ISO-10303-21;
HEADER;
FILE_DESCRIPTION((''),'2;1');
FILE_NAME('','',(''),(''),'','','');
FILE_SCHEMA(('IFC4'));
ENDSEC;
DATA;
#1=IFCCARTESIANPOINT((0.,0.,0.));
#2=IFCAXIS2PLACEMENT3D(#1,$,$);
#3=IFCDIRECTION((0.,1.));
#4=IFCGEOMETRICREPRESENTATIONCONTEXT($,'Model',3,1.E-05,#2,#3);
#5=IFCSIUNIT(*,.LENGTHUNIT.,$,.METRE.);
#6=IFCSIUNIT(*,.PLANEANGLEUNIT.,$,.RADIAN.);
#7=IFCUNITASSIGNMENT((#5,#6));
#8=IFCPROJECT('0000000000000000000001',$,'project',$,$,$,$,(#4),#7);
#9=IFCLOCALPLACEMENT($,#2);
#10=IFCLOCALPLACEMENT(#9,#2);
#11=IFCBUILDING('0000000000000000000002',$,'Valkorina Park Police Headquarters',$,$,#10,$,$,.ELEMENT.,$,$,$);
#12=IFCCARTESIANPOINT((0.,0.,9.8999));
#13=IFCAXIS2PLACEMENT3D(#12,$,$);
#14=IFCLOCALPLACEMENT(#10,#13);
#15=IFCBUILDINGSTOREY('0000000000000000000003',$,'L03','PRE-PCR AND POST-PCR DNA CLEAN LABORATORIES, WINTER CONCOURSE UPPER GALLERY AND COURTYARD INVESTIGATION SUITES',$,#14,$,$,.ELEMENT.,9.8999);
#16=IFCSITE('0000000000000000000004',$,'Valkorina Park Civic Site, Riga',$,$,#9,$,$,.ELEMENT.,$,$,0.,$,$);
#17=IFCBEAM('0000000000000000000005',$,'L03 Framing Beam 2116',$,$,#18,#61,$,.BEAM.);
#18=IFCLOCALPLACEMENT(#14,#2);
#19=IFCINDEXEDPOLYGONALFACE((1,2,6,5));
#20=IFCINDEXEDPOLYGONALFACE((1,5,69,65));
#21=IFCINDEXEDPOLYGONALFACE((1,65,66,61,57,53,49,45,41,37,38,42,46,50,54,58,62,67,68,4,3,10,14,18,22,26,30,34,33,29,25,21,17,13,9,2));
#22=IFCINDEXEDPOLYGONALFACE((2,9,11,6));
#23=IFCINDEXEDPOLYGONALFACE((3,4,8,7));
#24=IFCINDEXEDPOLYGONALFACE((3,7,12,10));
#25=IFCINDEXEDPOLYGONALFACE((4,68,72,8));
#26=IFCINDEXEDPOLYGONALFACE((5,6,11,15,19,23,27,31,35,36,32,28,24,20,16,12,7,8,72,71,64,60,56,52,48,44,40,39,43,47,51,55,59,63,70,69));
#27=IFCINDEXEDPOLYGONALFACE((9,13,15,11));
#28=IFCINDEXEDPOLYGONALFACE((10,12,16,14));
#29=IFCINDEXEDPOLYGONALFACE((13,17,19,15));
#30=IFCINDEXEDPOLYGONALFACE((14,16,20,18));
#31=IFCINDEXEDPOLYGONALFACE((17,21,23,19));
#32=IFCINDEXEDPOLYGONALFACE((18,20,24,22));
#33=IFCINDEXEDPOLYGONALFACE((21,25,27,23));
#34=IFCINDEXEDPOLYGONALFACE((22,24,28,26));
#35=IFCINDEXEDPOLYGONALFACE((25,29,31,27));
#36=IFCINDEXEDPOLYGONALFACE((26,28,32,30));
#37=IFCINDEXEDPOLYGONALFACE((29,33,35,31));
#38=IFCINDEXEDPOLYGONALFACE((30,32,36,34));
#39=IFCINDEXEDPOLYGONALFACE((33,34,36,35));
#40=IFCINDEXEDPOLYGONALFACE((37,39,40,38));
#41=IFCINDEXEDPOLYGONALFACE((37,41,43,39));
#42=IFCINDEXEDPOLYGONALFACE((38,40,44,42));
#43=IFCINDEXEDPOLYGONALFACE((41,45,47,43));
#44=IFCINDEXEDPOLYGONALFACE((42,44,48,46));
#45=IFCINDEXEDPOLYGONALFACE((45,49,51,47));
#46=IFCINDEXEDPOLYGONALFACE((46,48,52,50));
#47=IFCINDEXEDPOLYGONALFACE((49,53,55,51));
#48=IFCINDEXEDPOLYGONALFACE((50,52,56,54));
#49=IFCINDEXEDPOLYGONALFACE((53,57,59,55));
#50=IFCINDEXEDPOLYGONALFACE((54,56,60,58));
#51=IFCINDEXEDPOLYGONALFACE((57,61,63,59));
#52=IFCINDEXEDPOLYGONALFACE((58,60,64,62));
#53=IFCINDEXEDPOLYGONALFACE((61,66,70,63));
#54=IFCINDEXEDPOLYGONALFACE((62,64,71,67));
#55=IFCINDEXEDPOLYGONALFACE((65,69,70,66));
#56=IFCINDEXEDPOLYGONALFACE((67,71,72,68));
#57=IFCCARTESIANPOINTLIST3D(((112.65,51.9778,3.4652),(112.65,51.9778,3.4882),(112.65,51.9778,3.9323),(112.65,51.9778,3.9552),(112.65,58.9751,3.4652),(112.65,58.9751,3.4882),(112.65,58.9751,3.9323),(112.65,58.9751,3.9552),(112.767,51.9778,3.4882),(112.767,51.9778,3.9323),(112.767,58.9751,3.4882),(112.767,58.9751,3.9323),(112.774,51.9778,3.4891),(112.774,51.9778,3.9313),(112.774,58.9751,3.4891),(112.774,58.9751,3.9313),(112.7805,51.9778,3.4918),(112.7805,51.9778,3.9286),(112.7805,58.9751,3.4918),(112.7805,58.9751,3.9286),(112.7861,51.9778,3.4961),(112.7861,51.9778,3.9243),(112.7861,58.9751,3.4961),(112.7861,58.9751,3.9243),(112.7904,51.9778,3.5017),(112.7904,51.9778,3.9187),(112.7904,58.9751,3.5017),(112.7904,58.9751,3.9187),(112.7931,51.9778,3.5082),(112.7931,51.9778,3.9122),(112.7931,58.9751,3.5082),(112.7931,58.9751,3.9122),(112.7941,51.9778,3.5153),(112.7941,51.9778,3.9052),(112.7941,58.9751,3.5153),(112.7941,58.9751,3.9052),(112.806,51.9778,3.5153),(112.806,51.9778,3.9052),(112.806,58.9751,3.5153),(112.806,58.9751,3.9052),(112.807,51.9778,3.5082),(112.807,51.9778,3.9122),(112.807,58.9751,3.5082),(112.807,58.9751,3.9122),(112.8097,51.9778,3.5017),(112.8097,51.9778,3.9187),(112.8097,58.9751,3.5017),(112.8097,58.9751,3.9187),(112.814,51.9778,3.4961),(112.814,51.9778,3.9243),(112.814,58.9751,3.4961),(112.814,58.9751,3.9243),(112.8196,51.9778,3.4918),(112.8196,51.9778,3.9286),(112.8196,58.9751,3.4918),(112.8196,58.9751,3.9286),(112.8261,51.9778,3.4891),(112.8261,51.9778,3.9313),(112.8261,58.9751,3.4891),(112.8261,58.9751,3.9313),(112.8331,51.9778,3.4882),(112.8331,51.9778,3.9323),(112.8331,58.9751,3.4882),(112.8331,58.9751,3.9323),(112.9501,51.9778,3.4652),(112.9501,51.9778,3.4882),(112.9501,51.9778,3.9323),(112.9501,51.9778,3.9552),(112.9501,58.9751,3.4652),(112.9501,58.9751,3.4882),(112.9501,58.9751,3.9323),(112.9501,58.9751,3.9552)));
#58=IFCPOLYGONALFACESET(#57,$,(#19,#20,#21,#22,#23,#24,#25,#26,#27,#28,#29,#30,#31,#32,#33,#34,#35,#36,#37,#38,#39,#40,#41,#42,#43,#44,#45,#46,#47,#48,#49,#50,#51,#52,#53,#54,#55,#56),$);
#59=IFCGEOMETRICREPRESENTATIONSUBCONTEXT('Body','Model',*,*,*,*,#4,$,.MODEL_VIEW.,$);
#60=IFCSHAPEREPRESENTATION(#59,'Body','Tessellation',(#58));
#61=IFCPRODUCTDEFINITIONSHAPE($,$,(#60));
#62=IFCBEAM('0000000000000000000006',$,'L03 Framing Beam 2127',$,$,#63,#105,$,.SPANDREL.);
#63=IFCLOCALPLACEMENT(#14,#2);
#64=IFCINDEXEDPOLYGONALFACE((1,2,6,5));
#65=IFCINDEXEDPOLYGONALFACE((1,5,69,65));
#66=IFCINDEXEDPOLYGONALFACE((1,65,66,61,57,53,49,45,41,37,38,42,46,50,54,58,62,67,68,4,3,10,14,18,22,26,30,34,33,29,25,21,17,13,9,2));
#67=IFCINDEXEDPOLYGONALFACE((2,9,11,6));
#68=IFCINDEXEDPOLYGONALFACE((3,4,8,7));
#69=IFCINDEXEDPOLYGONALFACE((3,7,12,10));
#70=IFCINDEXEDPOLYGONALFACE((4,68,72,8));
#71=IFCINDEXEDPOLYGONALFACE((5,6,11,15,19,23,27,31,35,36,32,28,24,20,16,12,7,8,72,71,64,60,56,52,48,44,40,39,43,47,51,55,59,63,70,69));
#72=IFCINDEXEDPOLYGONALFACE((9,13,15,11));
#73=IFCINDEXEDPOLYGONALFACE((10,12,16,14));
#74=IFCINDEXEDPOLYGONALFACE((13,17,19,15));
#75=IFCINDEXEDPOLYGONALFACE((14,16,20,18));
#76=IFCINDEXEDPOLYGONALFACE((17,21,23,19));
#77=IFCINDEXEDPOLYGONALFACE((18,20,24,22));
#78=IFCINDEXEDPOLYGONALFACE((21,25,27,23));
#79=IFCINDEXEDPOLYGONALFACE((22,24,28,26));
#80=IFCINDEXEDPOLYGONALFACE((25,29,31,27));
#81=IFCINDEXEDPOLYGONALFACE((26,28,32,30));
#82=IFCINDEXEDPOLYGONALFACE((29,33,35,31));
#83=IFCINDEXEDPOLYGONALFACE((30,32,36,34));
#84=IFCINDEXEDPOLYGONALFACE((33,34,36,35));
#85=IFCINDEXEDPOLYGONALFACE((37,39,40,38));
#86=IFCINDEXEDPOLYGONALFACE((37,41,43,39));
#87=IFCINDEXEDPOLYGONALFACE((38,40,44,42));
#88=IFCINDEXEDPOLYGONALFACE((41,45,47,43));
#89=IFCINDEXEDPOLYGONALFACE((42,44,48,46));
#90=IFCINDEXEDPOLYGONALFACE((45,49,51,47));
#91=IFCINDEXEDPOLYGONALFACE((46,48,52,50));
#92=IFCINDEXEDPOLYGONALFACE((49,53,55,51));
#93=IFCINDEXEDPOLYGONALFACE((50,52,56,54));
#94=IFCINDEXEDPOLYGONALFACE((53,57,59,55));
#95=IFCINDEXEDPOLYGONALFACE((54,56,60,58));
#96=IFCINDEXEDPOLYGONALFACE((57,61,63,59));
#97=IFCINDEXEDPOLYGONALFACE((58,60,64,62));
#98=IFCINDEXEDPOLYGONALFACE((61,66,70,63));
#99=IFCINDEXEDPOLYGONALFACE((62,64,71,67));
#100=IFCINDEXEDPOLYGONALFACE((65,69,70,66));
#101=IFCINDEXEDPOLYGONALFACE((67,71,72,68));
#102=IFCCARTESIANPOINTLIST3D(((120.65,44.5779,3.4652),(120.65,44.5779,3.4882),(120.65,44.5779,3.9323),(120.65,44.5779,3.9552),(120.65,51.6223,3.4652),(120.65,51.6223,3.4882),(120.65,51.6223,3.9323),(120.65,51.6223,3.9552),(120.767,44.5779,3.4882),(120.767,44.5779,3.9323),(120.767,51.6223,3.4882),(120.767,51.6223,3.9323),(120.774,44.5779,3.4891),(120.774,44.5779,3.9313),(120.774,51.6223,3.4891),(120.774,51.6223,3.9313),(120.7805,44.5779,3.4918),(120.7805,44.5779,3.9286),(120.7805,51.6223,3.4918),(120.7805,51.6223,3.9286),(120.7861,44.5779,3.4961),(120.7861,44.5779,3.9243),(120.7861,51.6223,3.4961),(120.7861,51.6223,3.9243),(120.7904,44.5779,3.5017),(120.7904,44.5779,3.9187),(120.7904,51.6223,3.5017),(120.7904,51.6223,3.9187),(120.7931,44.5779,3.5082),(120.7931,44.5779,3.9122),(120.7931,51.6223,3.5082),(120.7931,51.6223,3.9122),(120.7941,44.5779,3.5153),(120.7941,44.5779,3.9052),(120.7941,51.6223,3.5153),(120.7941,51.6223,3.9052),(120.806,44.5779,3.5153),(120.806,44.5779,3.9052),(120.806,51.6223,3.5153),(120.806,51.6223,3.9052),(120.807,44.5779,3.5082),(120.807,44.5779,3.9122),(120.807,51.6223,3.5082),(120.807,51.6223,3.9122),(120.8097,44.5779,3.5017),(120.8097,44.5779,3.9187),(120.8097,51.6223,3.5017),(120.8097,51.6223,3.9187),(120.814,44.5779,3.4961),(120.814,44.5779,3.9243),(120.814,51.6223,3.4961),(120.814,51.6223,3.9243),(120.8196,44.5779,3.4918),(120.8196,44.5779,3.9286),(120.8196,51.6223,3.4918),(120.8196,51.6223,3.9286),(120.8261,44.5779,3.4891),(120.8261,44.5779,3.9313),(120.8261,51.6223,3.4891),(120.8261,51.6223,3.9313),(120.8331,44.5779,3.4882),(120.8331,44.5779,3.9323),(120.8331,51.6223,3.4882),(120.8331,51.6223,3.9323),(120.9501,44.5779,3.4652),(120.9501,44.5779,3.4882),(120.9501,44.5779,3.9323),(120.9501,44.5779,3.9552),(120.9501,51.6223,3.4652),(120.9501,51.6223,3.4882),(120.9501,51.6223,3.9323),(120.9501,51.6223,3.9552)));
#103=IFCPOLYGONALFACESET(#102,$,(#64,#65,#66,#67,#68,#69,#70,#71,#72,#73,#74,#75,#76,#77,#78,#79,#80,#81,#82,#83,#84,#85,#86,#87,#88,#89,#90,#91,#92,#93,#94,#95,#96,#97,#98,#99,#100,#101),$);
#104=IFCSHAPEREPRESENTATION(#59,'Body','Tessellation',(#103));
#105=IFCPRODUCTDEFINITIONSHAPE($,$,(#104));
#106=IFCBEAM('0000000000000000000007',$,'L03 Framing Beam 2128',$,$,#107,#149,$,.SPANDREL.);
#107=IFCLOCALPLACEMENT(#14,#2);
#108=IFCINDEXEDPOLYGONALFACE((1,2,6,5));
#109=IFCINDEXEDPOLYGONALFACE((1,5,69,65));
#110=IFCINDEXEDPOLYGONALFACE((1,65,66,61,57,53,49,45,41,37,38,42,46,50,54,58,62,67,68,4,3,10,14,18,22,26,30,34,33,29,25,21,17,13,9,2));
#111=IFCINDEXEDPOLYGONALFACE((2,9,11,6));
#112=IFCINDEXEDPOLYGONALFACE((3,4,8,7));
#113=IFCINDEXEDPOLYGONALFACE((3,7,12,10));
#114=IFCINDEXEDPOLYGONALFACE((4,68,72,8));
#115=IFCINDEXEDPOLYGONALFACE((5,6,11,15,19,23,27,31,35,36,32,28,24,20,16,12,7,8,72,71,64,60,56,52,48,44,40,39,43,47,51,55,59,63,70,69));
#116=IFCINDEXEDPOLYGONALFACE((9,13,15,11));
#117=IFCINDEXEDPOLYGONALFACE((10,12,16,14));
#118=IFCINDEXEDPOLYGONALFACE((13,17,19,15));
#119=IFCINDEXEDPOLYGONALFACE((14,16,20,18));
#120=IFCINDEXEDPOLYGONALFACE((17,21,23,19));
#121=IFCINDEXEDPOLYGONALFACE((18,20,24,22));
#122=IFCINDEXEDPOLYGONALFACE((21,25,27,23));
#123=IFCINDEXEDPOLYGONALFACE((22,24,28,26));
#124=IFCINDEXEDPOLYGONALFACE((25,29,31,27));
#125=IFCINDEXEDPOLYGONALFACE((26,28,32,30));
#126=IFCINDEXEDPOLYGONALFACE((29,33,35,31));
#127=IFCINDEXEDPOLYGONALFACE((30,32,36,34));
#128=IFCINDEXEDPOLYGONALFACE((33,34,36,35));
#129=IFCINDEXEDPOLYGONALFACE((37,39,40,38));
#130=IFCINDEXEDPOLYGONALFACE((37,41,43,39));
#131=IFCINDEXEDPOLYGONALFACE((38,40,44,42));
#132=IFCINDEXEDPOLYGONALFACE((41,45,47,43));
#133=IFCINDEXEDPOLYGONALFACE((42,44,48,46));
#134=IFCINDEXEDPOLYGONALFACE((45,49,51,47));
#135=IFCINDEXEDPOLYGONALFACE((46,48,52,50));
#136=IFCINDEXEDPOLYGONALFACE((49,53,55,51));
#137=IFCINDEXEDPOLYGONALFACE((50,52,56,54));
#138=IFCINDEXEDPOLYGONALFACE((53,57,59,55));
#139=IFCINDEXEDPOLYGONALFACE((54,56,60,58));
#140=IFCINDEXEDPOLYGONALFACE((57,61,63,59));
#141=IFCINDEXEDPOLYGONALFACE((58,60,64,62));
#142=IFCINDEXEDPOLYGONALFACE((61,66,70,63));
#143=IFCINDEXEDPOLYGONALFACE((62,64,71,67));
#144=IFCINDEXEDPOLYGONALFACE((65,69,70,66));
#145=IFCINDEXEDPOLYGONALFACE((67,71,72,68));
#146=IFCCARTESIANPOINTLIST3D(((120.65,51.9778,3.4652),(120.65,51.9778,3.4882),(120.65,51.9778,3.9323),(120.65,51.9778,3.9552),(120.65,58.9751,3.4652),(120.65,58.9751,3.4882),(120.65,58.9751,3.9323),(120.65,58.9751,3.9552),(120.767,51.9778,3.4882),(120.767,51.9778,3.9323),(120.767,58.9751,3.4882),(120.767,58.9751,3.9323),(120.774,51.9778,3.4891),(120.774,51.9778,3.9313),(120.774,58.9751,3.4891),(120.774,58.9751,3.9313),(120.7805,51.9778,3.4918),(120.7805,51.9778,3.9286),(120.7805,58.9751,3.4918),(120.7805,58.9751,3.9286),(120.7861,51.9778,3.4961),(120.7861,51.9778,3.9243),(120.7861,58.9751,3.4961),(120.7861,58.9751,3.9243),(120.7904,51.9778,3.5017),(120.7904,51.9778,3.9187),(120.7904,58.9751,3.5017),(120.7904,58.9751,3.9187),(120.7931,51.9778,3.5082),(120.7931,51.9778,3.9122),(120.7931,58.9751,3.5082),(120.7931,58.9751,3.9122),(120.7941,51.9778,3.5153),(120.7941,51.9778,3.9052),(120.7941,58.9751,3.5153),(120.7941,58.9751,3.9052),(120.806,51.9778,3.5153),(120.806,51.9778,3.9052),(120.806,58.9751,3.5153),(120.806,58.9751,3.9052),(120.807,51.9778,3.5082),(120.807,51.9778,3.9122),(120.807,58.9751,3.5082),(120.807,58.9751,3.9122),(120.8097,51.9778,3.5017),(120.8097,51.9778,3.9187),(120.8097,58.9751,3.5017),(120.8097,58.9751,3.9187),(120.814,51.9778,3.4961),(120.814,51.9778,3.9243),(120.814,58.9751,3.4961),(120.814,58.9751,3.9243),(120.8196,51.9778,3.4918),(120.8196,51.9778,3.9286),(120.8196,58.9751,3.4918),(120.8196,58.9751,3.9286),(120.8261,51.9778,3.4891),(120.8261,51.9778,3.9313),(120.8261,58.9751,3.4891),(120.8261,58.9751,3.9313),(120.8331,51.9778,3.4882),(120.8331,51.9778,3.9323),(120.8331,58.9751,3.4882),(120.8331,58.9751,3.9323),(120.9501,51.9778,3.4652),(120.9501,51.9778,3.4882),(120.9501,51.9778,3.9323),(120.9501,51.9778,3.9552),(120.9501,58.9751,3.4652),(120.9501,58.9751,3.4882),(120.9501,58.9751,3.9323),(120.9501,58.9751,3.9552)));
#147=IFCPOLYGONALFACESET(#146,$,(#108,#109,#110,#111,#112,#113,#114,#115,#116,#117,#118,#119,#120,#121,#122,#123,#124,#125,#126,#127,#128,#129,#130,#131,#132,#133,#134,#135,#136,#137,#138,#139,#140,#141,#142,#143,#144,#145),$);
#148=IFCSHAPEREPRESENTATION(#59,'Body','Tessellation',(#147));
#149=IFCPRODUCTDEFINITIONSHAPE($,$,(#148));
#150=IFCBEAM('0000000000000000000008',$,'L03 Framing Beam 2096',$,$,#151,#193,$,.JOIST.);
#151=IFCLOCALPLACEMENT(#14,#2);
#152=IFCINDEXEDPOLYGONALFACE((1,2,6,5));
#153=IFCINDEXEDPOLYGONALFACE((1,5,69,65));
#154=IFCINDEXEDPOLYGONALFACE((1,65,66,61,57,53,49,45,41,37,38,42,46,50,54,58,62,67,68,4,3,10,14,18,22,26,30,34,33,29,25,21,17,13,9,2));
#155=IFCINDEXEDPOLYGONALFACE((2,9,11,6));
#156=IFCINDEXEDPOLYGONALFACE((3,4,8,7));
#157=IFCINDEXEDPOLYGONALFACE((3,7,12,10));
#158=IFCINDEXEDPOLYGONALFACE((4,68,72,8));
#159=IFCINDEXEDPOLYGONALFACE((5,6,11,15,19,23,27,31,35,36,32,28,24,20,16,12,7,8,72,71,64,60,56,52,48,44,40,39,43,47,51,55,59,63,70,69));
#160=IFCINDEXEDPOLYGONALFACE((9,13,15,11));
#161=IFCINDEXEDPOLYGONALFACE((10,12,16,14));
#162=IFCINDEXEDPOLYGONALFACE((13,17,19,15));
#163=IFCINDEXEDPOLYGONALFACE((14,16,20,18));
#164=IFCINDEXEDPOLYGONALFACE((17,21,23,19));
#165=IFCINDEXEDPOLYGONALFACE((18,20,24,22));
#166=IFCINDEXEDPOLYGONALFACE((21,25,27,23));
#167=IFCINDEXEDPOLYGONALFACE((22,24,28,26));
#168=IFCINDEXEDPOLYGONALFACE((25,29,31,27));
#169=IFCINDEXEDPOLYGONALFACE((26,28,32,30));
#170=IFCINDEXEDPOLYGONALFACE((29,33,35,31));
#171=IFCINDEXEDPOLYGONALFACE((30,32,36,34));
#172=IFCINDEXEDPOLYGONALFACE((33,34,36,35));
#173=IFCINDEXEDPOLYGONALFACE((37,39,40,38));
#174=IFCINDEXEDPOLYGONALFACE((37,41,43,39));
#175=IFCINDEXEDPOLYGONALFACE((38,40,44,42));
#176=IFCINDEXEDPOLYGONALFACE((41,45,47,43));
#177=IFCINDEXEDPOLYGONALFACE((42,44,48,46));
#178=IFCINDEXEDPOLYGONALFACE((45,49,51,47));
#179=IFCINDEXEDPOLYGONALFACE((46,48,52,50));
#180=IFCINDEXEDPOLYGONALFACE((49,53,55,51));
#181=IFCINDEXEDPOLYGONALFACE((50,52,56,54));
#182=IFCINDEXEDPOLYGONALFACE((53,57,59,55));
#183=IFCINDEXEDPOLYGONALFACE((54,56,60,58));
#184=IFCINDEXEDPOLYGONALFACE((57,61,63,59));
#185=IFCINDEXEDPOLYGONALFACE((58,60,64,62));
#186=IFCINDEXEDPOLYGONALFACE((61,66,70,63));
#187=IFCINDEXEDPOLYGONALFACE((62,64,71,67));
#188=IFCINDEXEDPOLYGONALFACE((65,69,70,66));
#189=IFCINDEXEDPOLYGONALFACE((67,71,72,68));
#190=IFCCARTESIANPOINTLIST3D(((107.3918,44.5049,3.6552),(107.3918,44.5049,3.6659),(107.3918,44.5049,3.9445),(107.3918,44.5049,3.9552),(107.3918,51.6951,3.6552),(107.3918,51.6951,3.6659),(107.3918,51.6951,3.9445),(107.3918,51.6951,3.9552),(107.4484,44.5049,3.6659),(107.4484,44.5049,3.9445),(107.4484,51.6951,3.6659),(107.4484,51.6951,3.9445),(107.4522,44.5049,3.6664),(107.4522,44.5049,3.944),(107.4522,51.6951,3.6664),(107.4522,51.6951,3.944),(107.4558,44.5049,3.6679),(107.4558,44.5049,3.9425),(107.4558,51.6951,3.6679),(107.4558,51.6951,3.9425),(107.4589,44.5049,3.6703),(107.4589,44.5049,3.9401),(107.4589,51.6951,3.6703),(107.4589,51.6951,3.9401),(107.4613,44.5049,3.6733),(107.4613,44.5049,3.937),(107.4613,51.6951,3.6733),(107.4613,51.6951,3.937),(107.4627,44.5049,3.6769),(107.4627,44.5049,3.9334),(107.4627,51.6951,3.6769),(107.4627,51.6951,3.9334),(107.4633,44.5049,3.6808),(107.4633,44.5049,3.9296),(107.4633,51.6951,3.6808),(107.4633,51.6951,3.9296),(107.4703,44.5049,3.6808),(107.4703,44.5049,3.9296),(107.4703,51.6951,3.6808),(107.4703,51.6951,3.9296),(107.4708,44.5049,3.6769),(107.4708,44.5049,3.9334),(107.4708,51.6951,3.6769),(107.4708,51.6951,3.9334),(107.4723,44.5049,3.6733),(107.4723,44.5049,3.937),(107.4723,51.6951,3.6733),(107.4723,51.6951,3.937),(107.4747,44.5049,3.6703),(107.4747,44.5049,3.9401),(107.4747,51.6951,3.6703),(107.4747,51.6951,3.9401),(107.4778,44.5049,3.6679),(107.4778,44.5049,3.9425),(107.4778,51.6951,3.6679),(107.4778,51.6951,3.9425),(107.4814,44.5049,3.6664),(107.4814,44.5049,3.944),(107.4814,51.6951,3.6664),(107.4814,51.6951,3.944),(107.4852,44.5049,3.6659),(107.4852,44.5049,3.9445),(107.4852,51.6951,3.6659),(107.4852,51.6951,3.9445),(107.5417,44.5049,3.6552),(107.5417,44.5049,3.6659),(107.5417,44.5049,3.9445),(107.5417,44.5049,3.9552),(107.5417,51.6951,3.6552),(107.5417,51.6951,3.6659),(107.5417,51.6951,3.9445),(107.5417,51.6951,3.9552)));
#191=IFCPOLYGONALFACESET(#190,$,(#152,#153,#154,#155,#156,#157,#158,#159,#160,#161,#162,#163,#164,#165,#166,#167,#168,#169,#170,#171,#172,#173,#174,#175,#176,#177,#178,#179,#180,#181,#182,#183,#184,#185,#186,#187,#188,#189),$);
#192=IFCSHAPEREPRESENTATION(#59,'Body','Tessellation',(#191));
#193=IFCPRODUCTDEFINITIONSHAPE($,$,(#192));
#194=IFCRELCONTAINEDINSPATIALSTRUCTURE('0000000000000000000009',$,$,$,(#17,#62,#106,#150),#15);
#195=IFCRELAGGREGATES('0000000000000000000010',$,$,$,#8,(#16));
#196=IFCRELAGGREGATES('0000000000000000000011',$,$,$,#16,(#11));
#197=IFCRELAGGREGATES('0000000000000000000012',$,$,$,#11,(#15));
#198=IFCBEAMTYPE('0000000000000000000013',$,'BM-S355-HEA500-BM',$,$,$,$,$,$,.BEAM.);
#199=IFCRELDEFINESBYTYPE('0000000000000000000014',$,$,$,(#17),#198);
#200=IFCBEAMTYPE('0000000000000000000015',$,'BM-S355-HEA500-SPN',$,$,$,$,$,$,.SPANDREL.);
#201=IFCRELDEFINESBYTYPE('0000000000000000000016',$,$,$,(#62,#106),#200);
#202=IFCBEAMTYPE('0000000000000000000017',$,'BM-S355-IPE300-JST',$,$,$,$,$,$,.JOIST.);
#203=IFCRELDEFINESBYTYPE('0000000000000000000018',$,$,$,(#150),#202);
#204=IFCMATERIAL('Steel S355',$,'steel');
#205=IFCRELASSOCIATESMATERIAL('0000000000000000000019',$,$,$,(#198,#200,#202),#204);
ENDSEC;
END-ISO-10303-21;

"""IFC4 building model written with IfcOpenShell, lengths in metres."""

from ifc_helpers import new_model, si_unit, direction, frame, origin, origin_2d, place, context, subcontext, project, spatial, i_section, extrude, material, material_profile, profile_set, type_object, element, save


model = new_model("IFC4")

# Units and contexts
model_context = context("Model", 3, precision=1e-05, world=origin(), true_north=direction((0.0, 1.0)))
body_context = subcontext(model_context, "Body", "Model", "MODEL_VIEW")
ifc_project = project(units=[si_unit("LENGTHUNIT", "METRE"), si_unit("PLANEANGLEUNIT", "RADIAN")], contexts=[model_context])

# Site, building, storey
site_placement = place(None, origin())
site = spatial("IfcSite", under=ifc_project, at=site_placement, Name="Valkorina Park Civic Site, Riga", CompositionType="ELEMENT", RefElevation=0.0)
building_placement = place(site_placement, origin())
building = spatial("IfcBuilding", under=site, at=building_placement, Name="Valkorina Park Police Headquarters", CompositionType="ELEMENT")
storey_placement = place(building_placement, frame((0.0, 0.0, 9.8999)))
storey = spatial("IfcBuildingStorey", under=building, at=storey_placement, Name="L03", Description="PRE-PCR AND POST-PCR DNA CLEAN LABORATORIES, WINTER CONCOURSE UPPER GALLERY AND COURTYARD INVESTIGATION SUITES", CompositionType="ELEMENT", Elevation=9.8999)

# Shared definitions
ifc_material_1 = material(Name="Steel S355", Category="steel")

# Beams
ifc_material_profile_1 = material_profile(ifc_material_1, i_section(OverallWidth=0.3, OverallDepth=0.49, WebThickness=0.012, FlangeThickness=0.0229, FilletRadius=0.0271, at=origin_2d()), Name="HEA 500")
ifc_profile_set_1 = profile_set([ifc_material_profile_1], Name="Steel S355")
beam_type_1 = type_object("IfcBeamType", Name="BM-S355-HEA500-BM", PredefinedType="BEAM", material=ifc_profile_set_1)
beam_1_placement = place(storey_placement, frame((112.8, 51.9778, 3.7102), z_axis=(0.0, 1.0, 0.0), x_axis=(-1.0, 0.0, 0.0)))
element("IfcBeam", 1, at=beam_1_placement, inside=storey, type_object=beam_type_1, Name="L03 Framing Beam 2116", PredefinedType="BEAM", context=body_context, shape_type="SweptSolid", body=[
    extrude(i_section(OverallWidth=0.3, OverallDepth=0.49, WebThickness=0.012, FlangeThickness=0.0229, FilletRadius=0.0271, at=origin_2d()), origin(), (0.0, 0.0, 1.0), 6.9973),
])
ifc_material_profile_2 = material_profile(ifc_material_1, i_section(OverallWidth=0.3, OverallDepth=0.49, WebThickness=0.012, FlangeThickness=0.0229, FilletRadius=0.0271, at=origin_2d()), Name="HEA 500")
ifc_profile_set_2 = profile_set([ifc_material_profile_2], Name="Steel S355")
beam_type_2 = type_object("IfcBeamType", Name="BM-S355-HEA500-SPN", PredefinedType="SPANDREL", material=ifc_profile_set_2)
beam_2_placement = place(storey_placement, frame((120.8, 44.5779, 3.7102), z_axis=(0.0, 1.0, 0.0), x_axis=(-1.0, 0.0, 0.0)))
element("IfcBeam", 2, at=beam_2_placement, inside=storey, type_object=beam_type_2, Name="L03 Framing Beam 2127", PredefinedType="SPANDREL", context=body_context, shape_type="SweptSolid", body=[
    extrude(i_section(OverallWidth=0.3, OverallDepth=0.49, WebThickness=0.012, FlangeThickness=0.0229, FilletRadius=0.0271, at=origin_2d()), origin(), (0.0, 0.0, 1.0), 7.0444),
])
beam_3_placement = place(storey_placement, frame((120.8, 51.9778, 3.7102), z_axis=(0.0, 1.0, 0.0), x_axis=(-1.0, 0.0, 0.0)))
element("IfcBeam", 3, at=beam_3_placement, inside=storey, type_object=beam_type_2, Name="L03 Framing Beam 2128", PredefinedType="SPANDREL", context=body_context, shape_type="SweptSolid", body=[
    extrude(i_section(OverallWidth=0.3, OverallDepth=0.49, WebThickness=0.012, FlangeThickness=0.0229, FilletRadius=0.0271, at=origin_2d()), origin(), (0.0, 0.0, 1.0), 6.9973),
])
ifc_material_profile_3 = material_profile(ifc_material_1, i_section(OverallWidth=0.1499, OverallDepth=0.3, WebThickness=0.0071, FlangeThickness=0.0107, FilletRadius=0.0149, at=origin_2d()), Name="IPE 300")
ifc_profile_set_3 = profile_set([ifc_material_profile_3], Name="Steel S355")
beam_type_3 = type_object("IfcBeamType", Name="BM-S355-IPE300-JST", PredefinedType="JOIST", material=ifc_profile_set_3)
for number, where, z_axis, x_axis, name in (
    (4, (107.4668, 44.5049, 3.8052), (0.0, 1.0, 0.0), (-1.0, 0.0, 0.0), "L03 Framing Beam 2096"),
):
    element("IfcBeam", number, at=place(storey_placement, frame(where, z_axis=z_axis, x_axis=x_axis)), inside=storey, type_object=beam_type_3, Name=name, PredefinedType="JOIST", context=body_context, shape_type="SweptSolid", body=[
        extrude(i_section(OverallWidth=0.1499, OverallDepth=0.3, WebThickness=0.0071, FlangeThickness=0.0107, FilletRadius=0.0149, at=origin_2d()), origin(), (0.0, 0.0, 1.0), 7.1902),
    ])

save(model, "model.ifc")
